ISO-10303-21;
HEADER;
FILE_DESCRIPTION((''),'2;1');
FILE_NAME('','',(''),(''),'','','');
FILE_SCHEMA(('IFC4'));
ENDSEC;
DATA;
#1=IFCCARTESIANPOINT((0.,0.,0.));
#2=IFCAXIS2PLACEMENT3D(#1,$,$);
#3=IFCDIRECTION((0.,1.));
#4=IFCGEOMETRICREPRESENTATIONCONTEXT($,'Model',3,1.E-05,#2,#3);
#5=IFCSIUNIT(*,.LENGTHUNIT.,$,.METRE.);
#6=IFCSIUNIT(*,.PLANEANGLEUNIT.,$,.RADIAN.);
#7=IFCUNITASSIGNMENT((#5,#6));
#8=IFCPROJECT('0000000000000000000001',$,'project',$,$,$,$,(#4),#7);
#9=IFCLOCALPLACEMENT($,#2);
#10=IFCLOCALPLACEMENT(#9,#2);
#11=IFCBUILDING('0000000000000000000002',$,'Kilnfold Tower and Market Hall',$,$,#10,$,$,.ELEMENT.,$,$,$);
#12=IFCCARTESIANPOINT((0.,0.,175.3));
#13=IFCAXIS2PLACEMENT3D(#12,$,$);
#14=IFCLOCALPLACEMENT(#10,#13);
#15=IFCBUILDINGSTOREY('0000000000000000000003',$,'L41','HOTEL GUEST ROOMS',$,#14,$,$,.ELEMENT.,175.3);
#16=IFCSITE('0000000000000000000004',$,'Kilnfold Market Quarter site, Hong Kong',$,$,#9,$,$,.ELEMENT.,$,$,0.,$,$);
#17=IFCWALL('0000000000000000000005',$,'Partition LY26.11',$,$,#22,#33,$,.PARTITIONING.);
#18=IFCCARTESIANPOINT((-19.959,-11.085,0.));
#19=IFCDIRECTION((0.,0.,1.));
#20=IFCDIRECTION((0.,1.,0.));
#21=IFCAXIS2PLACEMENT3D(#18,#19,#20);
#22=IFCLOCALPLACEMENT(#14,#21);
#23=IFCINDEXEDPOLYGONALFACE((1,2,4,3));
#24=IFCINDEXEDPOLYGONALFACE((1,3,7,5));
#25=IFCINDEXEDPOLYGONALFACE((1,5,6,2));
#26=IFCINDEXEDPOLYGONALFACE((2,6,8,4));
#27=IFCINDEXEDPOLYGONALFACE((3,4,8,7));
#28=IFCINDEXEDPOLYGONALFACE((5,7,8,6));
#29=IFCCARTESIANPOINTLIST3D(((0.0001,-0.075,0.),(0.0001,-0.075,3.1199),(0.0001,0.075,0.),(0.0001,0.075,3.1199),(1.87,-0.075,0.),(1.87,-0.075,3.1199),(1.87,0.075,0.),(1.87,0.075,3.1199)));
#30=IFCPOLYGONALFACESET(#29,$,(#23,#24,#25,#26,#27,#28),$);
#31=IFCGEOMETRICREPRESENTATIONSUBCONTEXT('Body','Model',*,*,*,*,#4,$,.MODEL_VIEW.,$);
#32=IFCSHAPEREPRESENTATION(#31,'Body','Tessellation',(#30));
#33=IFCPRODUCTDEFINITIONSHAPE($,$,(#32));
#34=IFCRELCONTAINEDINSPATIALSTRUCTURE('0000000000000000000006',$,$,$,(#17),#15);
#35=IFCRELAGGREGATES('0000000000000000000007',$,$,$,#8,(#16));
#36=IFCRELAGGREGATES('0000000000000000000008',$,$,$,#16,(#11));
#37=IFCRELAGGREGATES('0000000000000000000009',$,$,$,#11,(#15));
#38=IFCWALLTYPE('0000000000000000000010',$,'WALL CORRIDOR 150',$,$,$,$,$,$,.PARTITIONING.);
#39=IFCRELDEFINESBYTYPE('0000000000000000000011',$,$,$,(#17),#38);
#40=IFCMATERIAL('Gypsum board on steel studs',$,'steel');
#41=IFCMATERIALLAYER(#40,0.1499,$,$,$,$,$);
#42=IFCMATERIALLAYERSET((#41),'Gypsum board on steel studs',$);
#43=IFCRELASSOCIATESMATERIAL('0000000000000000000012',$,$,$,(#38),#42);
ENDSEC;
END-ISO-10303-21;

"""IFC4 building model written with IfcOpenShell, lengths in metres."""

from ifc_helpers import new_model, si_unit, direction, frame, frame_2d, origin, place, context, subcontext, project, spatial, rectangle, extrude, material, layer, layer_set, type_object, element, save


model = new_model("IFC4")

# Units and contexts
model_context = context("Model", 3, precision=1e-05, world=origin(), true_north=direction((0.0, 1.0)))
body_context = subcontext(model_context, "Body", "Model", "MODEL_VIEW")
ifc_project = project(units=[si_unit("LENGTHUNIT", "METRE"), si_unit("PLANEANGLEUNIT", "RADIAN")], contexts=[model_context])

# Site, building, storey
site_placement = place(None, origin())
site = spatial("IfcSite", under=ifc_project, at=site_placement, Name="Kilnfold Market Quarter site, Hong Kong", CompositionType="ELEMENT", RefElevation=0.0)
building_placement = place(site_placement, origin())
building = spatial("IfcBuilding", under=site, at=building_placement, Name="Kilnfold Tower and Market Hall", CompositionType="ELEMENT")
storey_placement = place(building_placement, frame((0.0, 0.0, 175.3)))
storey = spatial("IfcBuildingStorey", under=building, at=storey_placement, Name="L41", Description="HOTEL GUEST ROOMS", CompositionType="ELEMENT", Elevation=175.3)

# Shared definitions
ifc_material_1 = material(Name="Gypsum board on steel studs", Category="steel")
ifc_layer_1 = layer(ifc_material_1, 0.1499)
ifc_layer_set_1 = layer_set([ifc_layer_1], Name="Gypsum board on steel studs")
wall_type_1 = type_object("IfcWallType", Name="WALL CORRIDOR 150", PredefinedType="PARTITIONING", material=ifc_layer_set_1)

# Wall
wall_1_placement = place(storey_placement, frame((-19.959, -11.085, 0.0), z_axis=(0.0, 0.0, 1.0), x_axis=(0.0, 1.0, 0.0)))
element("IfcWall", 1, at=wall_1_placement, inside=storey, type_object=wall_type_1, Name="Partition LY26.11", PredefinedType="PARTITIONING", context=body_context, shape_type="SweptSolid", body=[
    extrude(rectangle(XDim=1.8699, YDim=0.1499, at=frame_2d((0.9351, 0.0))), origin(), (0.0, 0.0, 1.0), 3.1199),
])

save(model, "model.ifc")
